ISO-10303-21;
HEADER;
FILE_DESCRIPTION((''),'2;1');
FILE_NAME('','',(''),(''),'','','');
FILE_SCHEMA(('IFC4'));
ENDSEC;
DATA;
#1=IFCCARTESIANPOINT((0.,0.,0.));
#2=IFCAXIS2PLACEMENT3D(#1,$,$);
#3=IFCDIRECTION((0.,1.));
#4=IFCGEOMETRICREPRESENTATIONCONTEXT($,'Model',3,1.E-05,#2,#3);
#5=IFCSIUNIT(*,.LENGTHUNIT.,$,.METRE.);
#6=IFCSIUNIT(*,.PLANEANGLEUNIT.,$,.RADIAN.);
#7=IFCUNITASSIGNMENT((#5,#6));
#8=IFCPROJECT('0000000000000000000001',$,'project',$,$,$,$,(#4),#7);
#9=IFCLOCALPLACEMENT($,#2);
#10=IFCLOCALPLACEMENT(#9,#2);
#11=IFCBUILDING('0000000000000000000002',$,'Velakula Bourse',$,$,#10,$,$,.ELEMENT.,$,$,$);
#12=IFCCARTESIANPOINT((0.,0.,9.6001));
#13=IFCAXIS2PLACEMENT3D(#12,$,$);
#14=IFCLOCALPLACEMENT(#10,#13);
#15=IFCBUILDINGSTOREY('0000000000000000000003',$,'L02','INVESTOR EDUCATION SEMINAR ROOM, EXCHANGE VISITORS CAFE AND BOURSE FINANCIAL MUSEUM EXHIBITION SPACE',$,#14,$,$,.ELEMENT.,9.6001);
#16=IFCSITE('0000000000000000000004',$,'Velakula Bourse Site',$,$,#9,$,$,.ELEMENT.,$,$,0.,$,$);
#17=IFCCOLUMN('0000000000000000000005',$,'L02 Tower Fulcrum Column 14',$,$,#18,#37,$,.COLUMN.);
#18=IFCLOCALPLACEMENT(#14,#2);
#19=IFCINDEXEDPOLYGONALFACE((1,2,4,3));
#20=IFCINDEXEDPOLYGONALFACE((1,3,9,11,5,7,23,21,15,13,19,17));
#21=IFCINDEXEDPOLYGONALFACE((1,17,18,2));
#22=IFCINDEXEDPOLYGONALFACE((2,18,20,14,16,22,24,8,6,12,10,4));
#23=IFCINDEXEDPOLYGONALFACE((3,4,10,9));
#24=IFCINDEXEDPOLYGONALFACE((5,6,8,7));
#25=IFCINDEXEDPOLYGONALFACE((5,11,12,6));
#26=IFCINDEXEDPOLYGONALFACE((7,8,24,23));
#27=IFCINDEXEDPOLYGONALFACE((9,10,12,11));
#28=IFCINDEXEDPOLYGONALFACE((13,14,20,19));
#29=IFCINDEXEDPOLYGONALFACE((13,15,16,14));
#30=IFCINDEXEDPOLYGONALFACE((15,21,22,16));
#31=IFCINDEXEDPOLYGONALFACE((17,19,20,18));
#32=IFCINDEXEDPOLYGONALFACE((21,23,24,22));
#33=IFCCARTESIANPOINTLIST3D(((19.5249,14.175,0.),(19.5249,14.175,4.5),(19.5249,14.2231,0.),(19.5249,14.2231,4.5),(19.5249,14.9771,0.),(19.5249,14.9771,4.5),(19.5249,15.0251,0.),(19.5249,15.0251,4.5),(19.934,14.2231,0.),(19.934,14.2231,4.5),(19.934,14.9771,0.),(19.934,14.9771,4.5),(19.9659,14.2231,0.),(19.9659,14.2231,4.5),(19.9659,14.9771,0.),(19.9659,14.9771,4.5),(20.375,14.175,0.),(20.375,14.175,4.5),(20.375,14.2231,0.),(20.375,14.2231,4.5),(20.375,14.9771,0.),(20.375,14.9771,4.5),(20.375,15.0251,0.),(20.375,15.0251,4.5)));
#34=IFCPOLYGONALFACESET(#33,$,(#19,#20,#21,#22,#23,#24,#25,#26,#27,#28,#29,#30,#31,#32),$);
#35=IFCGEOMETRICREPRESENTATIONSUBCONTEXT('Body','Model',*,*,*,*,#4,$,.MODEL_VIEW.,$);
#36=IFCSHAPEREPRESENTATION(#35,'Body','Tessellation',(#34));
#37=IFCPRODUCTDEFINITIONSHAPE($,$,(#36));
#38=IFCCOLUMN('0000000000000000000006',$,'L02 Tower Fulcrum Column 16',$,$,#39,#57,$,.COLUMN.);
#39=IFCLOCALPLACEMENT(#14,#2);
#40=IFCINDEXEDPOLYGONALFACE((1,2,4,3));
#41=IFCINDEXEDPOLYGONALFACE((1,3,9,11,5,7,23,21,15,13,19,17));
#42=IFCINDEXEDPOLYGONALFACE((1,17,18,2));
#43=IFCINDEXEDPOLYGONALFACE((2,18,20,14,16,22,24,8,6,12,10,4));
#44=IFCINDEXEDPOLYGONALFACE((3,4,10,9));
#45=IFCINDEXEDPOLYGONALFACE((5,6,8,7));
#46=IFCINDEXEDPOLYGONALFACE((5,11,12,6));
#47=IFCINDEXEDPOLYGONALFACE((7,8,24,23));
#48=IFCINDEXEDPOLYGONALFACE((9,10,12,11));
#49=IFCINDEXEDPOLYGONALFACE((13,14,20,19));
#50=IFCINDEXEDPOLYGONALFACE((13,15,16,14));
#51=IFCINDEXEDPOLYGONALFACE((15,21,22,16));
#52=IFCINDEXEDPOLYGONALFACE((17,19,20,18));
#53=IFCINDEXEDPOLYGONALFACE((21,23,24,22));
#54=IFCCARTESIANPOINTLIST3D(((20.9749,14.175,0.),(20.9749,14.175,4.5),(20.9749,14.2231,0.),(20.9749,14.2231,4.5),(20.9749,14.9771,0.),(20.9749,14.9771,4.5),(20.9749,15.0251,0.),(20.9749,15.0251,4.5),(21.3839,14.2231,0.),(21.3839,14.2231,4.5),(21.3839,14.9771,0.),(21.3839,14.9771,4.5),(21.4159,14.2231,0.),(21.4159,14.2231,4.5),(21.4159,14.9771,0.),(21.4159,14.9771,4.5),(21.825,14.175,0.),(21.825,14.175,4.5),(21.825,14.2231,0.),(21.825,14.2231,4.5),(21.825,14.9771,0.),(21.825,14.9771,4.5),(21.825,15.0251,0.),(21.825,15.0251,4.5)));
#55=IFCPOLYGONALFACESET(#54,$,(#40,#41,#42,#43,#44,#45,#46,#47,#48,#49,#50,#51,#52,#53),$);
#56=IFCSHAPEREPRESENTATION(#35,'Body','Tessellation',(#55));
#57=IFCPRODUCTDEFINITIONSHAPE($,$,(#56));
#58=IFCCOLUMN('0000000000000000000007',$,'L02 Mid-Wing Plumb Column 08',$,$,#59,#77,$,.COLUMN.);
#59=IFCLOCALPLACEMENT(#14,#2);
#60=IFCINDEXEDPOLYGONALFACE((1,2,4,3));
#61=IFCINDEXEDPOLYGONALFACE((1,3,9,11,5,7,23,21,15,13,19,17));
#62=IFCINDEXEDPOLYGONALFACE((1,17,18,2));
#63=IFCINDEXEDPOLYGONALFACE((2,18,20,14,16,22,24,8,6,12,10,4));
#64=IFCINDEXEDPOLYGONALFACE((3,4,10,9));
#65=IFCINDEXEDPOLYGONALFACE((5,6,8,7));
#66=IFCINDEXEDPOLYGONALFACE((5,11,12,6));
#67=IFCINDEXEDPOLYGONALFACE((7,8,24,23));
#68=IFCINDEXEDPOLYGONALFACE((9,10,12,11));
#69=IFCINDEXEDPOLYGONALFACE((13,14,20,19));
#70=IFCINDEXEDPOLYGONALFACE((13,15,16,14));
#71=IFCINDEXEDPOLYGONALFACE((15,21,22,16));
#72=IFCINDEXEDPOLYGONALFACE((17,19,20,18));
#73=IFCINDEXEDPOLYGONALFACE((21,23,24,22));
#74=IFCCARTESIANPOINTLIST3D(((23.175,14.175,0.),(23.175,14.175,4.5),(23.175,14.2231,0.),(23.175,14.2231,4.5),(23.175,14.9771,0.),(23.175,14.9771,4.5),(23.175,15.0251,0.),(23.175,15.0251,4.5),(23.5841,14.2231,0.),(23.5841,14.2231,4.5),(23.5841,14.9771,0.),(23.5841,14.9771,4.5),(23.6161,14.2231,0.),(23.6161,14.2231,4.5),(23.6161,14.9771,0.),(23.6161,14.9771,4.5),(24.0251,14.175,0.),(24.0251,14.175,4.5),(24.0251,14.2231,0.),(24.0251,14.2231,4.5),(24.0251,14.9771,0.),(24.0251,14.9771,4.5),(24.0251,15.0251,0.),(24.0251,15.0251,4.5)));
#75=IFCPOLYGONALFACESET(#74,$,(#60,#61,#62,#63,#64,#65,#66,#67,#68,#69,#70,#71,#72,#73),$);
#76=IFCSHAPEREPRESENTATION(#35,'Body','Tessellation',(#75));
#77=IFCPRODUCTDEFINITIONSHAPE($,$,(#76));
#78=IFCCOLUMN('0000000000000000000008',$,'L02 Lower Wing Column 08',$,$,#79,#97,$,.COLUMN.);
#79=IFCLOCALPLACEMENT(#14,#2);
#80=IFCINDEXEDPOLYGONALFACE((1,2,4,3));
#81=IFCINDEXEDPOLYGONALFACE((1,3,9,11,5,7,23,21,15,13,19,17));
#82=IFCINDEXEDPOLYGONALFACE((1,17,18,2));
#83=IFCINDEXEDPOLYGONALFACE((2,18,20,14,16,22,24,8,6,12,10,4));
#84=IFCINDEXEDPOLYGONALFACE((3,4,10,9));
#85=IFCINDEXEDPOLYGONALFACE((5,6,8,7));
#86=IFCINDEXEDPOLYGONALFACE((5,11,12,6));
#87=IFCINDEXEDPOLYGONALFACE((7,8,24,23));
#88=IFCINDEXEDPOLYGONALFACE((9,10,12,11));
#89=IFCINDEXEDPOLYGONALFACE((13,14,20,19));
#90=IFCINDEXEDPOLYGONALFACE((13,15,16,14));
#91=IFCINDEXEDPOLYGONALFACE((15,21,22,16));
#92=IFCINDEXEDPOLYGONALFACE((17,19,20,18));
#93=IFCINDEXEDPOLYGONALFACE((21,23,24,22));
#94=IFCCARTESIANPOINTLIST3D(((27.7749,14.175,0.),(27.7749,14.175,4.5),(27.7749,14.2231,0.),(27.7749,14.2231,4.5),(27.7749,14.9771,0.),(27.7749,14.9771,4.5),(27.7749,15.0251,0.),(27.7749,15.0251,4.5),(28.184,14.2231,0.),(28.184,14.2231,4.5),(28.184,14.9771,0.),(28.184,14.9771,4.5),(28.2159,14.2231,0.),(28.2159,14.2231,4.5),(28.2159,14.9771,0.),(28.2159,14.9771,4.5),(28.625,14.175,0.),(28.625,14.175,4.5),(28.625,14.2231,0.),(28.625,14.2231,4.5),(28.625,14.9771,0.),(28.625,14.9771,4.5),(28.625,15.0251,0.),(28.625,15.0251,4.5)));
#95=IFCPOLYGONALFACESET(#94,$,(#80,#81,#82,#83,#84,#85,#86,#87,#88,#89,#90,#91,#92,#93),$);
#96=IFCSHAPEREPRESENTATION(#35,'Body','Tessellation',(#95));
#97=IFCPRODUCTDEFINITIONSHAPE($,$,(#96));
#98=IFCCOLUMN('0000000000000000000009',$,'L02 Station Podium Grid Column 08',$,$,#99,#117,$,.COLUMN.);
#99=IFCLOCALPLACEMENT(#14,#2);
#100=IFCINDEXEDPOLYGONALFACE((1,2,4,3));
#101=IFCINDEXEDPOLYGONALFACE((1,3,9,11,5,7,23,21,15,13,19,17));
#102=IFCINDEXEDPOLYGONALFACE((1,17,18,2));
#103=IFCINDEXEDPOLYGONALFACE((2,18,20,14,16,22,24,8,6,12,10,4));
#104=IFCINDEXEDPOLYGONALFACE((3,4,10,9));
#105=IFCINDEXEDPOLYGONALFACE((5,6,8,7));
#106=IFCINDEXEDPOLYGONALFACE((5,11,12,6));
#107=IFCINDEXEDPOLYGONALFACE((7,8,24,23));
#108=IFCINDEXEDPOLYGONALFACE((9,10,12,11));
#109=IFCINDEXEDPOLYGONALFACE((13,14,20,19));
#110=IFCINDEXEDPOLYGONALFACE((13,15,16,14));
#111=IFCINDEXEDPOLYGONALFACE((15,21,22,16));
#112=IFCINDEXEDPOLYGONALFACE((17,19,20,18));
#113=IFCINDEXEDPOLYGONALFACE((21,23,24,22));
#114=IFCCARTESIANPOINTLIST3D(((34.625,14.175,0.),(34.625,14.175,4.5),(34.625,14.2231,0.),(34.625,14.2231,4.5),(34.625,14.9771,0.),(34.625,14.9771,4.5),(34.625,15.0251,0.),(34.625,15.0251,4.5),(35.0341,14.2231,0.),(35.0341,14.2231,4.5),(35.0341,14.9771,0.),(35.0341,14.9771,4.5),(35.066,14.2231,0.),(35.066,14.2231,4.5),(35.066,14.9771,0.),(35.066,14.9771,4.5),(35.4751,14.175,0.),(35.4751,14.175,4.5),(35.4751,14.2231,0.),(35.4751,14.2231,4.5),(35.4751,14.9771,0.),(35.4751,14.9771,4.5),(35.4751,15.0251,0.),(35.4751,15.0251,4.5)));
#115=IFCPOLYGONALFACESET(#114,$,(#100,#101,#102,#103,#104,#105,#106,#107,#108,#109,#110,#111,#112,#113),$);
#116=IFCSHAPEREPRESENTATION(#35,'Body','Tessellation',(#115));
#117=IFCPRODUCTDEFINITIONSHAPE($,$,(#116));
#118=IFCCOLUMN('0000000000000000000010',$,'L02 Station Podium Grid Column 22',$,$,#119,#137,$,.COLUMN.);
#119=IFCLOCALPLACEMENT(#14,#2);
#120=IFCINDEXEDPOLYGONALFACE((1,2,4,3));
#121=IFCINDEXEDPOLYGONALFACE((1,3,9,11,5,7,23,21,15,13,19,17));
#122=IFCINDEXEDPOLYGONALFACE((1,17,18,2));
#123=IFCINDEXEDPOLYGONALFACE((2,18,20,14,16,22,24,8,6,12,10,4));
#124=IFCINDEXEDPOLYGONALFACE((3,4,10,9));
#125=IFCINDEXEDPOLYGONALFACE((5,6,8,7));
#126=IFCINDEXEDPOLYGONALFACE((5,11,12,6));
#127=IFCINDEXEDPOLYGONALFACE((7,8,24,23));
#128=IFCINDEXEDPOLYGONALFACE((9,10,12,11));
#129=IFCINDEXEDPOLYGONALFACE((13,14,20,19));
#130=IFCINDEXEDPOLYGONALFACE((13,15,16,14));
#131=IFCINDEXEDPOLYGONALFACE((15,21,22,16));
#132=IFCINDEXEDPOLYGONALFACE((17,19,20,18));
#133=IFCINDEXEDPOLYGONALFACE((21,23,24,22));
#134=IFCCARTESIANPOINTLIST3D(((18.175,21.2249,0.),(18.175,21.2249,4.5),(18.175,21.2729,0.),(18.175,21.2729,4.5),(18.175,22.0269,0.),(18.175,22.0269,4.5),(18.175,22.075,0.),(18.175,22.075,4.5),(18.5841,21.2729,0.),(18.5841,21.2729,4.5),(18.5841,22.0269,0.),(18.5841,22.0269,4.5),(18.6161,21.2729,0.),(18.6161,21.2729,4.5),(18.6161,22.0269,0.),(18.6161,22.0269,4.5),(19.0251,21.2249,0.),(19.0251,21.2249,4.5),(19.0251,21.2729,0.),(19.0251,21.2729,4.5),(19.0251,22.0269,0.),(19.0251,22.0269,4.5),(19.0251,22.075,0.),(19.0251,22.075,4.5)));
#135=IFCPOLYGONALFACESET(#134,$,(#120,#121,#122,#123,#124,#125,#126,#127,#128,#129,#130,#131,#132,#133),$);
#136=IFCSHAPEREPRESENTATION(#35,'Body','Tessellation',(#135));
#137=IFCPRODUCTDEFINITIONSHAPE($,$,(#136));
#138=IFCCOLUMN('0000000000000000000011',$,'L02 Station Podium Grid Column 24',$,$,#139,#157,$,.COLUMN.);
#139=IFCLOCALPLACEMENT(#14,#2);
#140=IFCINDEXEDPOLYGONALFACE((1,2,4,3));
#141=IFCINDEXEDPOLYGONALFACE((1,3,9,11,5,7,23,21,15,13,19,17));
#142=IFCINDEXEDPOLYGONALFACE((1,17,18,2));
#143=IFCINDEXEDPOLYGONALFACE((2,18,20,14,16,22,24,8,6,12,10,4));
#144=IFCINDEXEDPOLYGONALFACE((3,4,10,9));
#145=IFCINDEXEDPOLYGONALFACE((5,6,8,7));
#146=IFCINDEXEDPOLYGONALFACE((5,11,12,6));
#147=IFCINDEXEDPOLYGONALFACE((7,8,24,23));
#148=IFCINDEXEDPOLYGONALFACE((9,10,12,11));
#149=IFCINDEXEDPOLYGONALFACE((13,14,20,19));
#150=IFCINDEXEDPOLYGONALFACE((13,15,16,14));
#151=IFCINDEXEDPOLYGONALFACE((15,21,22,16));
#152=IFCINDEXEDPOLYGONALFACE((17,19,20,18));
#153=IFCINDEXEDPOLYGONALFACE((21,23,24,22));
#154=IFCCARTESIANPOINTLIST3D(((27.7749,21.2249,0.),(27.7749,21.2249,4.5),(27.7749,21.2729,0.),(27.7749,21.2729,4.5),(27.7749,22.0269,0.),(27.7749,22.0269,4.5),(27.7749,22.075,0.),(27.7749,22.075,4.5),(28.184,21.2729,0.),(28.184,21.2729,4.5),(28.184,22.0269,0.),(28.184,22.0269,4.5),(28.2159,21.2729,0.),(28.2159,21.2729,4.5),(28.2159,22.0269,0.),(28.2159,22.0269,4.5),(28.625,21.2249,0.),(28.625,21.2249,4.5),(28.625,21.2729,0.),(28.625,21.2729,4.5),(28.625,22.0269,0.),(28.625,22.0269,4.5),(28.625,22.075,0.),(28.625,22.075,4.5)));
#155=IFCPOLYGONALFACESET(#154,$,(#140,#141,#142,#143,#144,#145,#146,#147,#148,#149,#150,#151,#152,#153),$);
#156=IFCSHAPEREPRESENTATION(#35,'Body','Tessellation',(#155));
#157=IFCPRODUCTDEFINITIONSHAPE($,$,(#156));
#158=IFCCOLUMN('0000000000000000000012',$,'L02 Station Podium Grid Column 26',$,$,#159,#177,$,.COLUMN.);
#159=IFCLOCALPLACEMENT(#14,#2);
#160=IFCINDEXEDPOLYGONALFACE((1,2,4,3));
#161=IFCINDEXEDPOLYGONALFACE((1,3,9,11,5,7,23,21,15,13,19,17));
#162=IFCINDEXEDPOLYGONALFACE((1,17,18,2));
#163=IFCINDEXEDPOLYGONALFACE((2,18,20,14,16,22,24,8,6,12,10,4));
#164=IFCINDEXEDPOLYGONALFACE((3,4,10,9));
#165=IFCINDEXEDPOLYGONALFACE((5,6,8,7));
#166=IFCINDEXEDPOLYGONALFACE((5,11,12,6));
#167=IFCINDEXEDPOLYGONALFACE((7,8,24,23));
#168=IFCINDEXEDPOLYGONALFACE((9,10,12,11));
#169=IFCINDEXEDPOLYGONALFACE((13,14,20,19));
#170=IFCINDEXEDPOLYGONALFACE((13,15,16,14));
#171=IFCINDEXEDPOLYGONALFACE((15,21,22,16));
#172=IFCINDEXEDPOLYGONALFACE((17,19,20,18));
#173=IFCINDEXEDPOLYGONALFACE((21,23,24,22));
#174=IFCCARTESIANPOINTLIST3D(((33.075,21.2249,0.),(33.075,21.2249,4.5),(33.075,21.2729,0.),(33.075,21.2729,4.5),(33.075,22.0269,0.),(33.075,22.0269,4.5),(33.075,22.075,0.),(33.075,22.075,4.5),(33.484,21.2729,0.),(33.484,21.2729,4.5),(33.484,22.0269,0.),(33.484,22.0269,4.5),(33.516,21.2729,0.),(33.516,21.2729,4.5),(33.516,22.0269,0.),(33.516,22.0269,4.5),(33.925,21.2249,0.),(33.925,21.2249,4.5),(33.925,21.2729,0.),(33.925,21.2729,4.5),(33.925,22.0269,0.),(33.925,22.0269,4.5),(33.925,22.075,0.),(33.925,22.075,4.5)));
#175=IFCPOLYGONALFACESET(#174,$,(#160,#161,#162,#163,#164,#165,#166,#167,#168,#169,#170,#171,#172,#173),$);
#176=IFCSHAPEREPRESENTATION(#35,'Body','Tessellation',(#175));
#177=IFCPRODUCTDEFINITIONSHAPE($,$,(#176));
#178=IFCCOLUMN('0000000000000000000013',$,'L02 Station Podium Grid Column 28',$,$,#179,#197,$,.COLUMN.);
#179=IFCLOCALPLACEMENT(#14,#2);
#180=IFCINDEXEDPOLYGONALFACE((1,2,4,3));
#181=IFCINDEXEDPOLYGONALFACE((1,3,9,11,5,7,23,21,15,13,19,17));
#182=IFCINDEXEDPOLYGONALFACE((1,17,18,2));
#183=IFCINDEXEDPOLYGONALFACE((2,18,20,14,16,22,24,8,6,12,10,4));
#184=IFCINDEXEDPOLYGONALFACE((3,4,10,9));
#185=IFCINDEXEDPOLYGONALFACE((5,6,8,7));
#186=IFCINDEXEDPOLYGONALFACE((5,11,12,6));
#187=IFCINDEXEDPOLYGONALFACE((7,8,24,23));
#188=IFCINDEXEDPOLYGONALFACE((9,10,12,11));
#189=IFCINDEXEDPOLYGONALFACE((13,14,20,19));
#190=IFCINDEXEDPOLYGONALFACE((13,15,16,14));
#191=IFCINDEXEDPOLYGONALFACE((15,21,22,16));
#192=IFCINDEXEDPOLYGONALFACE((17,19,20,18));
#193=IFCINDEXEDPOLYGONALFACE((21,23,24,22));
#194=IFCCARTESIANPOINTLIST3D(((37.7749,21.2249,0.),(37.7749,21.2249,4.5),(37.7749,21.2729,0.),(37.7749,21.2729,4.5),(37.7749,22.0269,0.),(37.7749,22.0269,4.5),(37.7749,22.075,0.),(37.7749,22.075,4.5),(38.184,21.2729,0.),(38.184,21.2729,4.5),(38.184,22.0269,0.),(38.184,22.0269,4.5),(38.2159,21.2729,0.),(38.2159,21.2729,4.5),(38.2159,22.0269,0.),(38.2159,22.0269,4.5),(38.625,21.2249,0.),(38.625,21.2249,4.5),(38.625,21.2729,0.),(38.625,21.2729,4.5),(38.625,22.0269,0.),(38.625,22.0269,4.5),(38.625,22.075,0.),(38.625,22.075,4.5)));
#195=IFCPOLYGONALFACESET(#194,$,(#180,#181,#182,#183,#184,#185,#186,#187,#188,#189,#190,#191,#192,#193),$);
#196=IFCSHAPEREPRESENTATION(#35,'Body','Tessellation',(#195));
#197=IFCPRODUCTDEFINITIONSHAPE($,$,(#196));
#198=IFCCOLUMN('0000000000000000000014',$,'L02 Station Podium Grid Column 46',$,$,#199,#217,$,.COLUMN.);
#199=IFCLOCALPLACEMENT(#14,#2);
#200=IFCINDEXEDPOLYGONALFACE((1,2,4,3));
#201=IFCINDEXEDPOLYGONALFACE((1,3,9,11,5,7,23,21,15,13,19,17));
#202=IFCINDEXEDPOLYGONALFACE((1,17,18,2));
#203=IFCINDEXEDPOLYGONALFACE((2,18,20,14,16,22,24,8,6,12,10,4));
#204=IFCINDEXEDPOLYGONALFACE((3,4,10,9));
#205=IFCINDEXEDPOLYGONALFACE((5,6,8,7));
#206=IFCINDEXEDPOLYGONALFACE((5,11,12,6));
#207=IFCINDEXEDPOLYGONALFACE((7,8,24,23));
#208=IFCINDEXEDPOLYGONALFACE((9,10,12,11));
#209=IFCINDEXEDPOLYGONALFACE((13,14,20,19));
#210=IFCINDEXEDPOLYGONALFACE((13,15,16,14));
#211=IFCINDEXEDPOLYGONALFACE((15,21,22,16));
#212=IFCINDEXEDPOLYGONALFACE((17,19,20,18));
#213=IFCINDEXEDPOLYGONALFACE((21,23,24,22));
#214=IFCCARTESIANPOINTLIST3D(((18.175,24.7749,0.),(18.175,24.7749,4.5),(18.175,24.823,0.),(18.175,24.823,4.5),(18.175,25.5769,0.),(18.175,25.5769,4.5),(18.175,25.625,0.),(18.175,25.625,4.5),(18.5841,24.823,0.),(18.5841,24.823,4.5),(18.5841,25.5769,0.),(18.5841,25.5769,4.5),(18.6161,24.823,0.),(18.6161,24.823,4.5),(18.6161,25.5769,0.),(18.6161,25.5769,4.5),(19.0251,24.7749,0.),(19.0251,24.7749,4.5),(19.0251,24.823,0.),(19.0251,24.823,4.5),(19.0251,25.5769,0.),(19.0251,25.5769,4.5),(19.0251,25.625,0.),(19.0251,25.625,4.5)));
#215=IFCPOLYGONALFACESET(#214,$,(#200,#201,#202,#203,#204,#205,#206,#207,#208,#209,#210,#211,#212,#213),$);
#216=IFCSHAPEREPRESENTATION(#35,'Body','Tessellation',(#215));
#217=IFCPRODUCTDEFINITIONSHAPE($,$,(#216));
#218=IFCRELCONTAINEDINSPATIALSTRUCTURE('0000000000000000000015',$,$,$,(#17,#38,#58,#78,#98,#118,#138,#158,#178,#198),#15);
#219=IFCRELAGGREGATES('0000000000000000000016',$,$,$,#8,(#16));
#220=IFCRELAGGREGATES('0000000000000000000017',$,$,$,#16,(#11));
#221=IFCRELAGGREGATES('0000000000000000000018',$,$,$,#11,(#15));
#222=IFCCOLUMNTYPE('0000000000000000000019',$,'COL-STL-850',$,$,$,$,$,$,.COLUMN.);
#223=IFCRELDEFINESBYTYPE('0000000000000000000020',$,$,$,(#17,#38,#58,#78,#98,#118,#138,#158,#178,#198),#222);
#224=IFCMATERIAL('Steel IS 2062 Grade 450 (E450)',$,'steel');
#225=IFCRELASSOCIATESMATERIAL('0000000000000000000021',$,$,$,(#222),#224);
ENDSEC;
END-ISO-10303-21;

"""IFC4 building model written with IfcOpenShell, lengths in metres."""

from ifc_helpers import new_model, si_unit, direction, frame, origin, origin_2d, place, context, subcontext, project, spatial, i_section, extrude, material, material_profile, profile_set, type_object, element, save


model = new_model("IFC4")

# Units and contexts
model_context = context("Model", 3, precision=1e-05, world=origin(), true_north=direction((0.0, 1.0)))
body_context = subcontext(model_context, "Body", "Model", "MODEL_VIEW")
ifc_project = project(units=[si_unit("LENGTHUNIT", "METRE"), si_unit("PLANEANGLEUNIT", "RADIAN")], contexts=[model_context])

# Site, building, storey
site_placement = place(None, origin())
site = spatial("IfcSite", under=ifc_project, at=site_placement, Name="Velakula Bourse Site", CompositionType="ELEMENT", RefElevation=0.0)
building_placement = place(site_placement, origin())
building = spatial("IfcBuilding", under=site, at=building_placement, Name="Velakula Bourse", CompositionType="ELEMENT")
storey_placement = place(building_placement, frame((0.0, 0.0, 9.6001)))
storey = spatial("IfcBuildingStorey", under=building, at=storey_placement, Name="L02", Description="INVESTOR EDUCATION SEMINAR ROOM, EXCHANGE VISITORS CAFE AND BOURSE FINANCIAL MUSEUM EXHIBITION SPACE", CompositionType="ELEMENT", Elevation=9.6001)

# Columns
ifc_material_1 = material(Name="Steel IS 2062 Grade 450 (E450)", Category="steel")
ifc_material_profile_1 = material_profile(ifc_material_1, i_section(OverallWidth=0.8501, OverallDepth=0.8501, WebThickness=0.032, FlangeThickness=0.0481, at=origin_2d()), Name="Steel IS 2062 Grade 450 (E450)")
ifc_profile_set_1 = profile_set([ifc_material_profile_1], Name="Steel IS 2062 Grade 450 (E450)")
column_type = type_object("IfcColumnType", Name="COL-STL-850", PredefinedType="COLUMN", material=ifc_profile_set_1)
for number, where, z_axis, x_axis, name in (
    (1, (19.95, 14.6001, 0.0), (0.0, 0.0, 1.0), (1.0, 0.0, 0.0), "L02 Tower Fulcrum Column 14"),
    (2, (21.3999, 14.6001, 0.0), (0.0, 0.0, 1.0), (1.0, 0.0, 0.0), "L02 Tower Fulcrum Column 16"),
    (3, (23.6001, 14.6001, 0.0), (0.0, 0.0, 1.0), (1.0, 0.0, 0.0), "L02 Mid-Wing Plumb Column 08"),
    (4, (28.2, 14.6001, 0.0), (0.0, 0.0, 1.0), (1.0, 0.0, 0.0), "L02 Lower Wing Column 08"),
    (5, (35.05, 14.6001, 0.0), (0.0, 0.0, 1.0), (1.0, 0.0, 0.0), "L02 Station Podium Grid Column 08"),
    (6, (18.6001, 21.6499, 0.0), (0.0, 0.0, 1.0), (1.0, 0.0, 0.0), "L02 Station Podium Grid Column 22"),
    (7, (28.2, 21.6499, 0.0), (0.0, 0.0, 1.0), (1.0, 0.0, 0.0), "L02 Station Podium Grid Column 24"),
    (8, (33.5, 21.6499, 0.0), (0.0, 0.0, 1.0), (1.0, 0.0, 0.0), "L02 Station Podium Grid Column 26"),
    (9, (38.2, 21.6499, 0.0), (0.0, 0.0, 1.0), (1.0, 0.0, 0.0), "L02 Station Podium Grid Column 28"),
    (10, (18.6001, 25.2, 0.0), (0.0, 0.0, 1.0), (1.0, 0.0, 0.0), "L02 Station Podium Grid Column 46"),
):
    element("IfcColumn", number, at=place(storey_placement, frame(where, z_axis=z_axis, x_axis=x_axis)), inside=storey, type_object=column_type, Name=name, PredefinedType="COLUMN", context=body_context, shape_type="SweptSolid", body=[
        extrude(i_section(OverallWidth=0.8501, OverallDepth=0.8501, WebThickness=0.032, FlangeThickness=0.0481, at=origin_2d()), origin(), (0.0, 0.0, 1.0), 4.5),
    ])

save(model, "model.ifc")
